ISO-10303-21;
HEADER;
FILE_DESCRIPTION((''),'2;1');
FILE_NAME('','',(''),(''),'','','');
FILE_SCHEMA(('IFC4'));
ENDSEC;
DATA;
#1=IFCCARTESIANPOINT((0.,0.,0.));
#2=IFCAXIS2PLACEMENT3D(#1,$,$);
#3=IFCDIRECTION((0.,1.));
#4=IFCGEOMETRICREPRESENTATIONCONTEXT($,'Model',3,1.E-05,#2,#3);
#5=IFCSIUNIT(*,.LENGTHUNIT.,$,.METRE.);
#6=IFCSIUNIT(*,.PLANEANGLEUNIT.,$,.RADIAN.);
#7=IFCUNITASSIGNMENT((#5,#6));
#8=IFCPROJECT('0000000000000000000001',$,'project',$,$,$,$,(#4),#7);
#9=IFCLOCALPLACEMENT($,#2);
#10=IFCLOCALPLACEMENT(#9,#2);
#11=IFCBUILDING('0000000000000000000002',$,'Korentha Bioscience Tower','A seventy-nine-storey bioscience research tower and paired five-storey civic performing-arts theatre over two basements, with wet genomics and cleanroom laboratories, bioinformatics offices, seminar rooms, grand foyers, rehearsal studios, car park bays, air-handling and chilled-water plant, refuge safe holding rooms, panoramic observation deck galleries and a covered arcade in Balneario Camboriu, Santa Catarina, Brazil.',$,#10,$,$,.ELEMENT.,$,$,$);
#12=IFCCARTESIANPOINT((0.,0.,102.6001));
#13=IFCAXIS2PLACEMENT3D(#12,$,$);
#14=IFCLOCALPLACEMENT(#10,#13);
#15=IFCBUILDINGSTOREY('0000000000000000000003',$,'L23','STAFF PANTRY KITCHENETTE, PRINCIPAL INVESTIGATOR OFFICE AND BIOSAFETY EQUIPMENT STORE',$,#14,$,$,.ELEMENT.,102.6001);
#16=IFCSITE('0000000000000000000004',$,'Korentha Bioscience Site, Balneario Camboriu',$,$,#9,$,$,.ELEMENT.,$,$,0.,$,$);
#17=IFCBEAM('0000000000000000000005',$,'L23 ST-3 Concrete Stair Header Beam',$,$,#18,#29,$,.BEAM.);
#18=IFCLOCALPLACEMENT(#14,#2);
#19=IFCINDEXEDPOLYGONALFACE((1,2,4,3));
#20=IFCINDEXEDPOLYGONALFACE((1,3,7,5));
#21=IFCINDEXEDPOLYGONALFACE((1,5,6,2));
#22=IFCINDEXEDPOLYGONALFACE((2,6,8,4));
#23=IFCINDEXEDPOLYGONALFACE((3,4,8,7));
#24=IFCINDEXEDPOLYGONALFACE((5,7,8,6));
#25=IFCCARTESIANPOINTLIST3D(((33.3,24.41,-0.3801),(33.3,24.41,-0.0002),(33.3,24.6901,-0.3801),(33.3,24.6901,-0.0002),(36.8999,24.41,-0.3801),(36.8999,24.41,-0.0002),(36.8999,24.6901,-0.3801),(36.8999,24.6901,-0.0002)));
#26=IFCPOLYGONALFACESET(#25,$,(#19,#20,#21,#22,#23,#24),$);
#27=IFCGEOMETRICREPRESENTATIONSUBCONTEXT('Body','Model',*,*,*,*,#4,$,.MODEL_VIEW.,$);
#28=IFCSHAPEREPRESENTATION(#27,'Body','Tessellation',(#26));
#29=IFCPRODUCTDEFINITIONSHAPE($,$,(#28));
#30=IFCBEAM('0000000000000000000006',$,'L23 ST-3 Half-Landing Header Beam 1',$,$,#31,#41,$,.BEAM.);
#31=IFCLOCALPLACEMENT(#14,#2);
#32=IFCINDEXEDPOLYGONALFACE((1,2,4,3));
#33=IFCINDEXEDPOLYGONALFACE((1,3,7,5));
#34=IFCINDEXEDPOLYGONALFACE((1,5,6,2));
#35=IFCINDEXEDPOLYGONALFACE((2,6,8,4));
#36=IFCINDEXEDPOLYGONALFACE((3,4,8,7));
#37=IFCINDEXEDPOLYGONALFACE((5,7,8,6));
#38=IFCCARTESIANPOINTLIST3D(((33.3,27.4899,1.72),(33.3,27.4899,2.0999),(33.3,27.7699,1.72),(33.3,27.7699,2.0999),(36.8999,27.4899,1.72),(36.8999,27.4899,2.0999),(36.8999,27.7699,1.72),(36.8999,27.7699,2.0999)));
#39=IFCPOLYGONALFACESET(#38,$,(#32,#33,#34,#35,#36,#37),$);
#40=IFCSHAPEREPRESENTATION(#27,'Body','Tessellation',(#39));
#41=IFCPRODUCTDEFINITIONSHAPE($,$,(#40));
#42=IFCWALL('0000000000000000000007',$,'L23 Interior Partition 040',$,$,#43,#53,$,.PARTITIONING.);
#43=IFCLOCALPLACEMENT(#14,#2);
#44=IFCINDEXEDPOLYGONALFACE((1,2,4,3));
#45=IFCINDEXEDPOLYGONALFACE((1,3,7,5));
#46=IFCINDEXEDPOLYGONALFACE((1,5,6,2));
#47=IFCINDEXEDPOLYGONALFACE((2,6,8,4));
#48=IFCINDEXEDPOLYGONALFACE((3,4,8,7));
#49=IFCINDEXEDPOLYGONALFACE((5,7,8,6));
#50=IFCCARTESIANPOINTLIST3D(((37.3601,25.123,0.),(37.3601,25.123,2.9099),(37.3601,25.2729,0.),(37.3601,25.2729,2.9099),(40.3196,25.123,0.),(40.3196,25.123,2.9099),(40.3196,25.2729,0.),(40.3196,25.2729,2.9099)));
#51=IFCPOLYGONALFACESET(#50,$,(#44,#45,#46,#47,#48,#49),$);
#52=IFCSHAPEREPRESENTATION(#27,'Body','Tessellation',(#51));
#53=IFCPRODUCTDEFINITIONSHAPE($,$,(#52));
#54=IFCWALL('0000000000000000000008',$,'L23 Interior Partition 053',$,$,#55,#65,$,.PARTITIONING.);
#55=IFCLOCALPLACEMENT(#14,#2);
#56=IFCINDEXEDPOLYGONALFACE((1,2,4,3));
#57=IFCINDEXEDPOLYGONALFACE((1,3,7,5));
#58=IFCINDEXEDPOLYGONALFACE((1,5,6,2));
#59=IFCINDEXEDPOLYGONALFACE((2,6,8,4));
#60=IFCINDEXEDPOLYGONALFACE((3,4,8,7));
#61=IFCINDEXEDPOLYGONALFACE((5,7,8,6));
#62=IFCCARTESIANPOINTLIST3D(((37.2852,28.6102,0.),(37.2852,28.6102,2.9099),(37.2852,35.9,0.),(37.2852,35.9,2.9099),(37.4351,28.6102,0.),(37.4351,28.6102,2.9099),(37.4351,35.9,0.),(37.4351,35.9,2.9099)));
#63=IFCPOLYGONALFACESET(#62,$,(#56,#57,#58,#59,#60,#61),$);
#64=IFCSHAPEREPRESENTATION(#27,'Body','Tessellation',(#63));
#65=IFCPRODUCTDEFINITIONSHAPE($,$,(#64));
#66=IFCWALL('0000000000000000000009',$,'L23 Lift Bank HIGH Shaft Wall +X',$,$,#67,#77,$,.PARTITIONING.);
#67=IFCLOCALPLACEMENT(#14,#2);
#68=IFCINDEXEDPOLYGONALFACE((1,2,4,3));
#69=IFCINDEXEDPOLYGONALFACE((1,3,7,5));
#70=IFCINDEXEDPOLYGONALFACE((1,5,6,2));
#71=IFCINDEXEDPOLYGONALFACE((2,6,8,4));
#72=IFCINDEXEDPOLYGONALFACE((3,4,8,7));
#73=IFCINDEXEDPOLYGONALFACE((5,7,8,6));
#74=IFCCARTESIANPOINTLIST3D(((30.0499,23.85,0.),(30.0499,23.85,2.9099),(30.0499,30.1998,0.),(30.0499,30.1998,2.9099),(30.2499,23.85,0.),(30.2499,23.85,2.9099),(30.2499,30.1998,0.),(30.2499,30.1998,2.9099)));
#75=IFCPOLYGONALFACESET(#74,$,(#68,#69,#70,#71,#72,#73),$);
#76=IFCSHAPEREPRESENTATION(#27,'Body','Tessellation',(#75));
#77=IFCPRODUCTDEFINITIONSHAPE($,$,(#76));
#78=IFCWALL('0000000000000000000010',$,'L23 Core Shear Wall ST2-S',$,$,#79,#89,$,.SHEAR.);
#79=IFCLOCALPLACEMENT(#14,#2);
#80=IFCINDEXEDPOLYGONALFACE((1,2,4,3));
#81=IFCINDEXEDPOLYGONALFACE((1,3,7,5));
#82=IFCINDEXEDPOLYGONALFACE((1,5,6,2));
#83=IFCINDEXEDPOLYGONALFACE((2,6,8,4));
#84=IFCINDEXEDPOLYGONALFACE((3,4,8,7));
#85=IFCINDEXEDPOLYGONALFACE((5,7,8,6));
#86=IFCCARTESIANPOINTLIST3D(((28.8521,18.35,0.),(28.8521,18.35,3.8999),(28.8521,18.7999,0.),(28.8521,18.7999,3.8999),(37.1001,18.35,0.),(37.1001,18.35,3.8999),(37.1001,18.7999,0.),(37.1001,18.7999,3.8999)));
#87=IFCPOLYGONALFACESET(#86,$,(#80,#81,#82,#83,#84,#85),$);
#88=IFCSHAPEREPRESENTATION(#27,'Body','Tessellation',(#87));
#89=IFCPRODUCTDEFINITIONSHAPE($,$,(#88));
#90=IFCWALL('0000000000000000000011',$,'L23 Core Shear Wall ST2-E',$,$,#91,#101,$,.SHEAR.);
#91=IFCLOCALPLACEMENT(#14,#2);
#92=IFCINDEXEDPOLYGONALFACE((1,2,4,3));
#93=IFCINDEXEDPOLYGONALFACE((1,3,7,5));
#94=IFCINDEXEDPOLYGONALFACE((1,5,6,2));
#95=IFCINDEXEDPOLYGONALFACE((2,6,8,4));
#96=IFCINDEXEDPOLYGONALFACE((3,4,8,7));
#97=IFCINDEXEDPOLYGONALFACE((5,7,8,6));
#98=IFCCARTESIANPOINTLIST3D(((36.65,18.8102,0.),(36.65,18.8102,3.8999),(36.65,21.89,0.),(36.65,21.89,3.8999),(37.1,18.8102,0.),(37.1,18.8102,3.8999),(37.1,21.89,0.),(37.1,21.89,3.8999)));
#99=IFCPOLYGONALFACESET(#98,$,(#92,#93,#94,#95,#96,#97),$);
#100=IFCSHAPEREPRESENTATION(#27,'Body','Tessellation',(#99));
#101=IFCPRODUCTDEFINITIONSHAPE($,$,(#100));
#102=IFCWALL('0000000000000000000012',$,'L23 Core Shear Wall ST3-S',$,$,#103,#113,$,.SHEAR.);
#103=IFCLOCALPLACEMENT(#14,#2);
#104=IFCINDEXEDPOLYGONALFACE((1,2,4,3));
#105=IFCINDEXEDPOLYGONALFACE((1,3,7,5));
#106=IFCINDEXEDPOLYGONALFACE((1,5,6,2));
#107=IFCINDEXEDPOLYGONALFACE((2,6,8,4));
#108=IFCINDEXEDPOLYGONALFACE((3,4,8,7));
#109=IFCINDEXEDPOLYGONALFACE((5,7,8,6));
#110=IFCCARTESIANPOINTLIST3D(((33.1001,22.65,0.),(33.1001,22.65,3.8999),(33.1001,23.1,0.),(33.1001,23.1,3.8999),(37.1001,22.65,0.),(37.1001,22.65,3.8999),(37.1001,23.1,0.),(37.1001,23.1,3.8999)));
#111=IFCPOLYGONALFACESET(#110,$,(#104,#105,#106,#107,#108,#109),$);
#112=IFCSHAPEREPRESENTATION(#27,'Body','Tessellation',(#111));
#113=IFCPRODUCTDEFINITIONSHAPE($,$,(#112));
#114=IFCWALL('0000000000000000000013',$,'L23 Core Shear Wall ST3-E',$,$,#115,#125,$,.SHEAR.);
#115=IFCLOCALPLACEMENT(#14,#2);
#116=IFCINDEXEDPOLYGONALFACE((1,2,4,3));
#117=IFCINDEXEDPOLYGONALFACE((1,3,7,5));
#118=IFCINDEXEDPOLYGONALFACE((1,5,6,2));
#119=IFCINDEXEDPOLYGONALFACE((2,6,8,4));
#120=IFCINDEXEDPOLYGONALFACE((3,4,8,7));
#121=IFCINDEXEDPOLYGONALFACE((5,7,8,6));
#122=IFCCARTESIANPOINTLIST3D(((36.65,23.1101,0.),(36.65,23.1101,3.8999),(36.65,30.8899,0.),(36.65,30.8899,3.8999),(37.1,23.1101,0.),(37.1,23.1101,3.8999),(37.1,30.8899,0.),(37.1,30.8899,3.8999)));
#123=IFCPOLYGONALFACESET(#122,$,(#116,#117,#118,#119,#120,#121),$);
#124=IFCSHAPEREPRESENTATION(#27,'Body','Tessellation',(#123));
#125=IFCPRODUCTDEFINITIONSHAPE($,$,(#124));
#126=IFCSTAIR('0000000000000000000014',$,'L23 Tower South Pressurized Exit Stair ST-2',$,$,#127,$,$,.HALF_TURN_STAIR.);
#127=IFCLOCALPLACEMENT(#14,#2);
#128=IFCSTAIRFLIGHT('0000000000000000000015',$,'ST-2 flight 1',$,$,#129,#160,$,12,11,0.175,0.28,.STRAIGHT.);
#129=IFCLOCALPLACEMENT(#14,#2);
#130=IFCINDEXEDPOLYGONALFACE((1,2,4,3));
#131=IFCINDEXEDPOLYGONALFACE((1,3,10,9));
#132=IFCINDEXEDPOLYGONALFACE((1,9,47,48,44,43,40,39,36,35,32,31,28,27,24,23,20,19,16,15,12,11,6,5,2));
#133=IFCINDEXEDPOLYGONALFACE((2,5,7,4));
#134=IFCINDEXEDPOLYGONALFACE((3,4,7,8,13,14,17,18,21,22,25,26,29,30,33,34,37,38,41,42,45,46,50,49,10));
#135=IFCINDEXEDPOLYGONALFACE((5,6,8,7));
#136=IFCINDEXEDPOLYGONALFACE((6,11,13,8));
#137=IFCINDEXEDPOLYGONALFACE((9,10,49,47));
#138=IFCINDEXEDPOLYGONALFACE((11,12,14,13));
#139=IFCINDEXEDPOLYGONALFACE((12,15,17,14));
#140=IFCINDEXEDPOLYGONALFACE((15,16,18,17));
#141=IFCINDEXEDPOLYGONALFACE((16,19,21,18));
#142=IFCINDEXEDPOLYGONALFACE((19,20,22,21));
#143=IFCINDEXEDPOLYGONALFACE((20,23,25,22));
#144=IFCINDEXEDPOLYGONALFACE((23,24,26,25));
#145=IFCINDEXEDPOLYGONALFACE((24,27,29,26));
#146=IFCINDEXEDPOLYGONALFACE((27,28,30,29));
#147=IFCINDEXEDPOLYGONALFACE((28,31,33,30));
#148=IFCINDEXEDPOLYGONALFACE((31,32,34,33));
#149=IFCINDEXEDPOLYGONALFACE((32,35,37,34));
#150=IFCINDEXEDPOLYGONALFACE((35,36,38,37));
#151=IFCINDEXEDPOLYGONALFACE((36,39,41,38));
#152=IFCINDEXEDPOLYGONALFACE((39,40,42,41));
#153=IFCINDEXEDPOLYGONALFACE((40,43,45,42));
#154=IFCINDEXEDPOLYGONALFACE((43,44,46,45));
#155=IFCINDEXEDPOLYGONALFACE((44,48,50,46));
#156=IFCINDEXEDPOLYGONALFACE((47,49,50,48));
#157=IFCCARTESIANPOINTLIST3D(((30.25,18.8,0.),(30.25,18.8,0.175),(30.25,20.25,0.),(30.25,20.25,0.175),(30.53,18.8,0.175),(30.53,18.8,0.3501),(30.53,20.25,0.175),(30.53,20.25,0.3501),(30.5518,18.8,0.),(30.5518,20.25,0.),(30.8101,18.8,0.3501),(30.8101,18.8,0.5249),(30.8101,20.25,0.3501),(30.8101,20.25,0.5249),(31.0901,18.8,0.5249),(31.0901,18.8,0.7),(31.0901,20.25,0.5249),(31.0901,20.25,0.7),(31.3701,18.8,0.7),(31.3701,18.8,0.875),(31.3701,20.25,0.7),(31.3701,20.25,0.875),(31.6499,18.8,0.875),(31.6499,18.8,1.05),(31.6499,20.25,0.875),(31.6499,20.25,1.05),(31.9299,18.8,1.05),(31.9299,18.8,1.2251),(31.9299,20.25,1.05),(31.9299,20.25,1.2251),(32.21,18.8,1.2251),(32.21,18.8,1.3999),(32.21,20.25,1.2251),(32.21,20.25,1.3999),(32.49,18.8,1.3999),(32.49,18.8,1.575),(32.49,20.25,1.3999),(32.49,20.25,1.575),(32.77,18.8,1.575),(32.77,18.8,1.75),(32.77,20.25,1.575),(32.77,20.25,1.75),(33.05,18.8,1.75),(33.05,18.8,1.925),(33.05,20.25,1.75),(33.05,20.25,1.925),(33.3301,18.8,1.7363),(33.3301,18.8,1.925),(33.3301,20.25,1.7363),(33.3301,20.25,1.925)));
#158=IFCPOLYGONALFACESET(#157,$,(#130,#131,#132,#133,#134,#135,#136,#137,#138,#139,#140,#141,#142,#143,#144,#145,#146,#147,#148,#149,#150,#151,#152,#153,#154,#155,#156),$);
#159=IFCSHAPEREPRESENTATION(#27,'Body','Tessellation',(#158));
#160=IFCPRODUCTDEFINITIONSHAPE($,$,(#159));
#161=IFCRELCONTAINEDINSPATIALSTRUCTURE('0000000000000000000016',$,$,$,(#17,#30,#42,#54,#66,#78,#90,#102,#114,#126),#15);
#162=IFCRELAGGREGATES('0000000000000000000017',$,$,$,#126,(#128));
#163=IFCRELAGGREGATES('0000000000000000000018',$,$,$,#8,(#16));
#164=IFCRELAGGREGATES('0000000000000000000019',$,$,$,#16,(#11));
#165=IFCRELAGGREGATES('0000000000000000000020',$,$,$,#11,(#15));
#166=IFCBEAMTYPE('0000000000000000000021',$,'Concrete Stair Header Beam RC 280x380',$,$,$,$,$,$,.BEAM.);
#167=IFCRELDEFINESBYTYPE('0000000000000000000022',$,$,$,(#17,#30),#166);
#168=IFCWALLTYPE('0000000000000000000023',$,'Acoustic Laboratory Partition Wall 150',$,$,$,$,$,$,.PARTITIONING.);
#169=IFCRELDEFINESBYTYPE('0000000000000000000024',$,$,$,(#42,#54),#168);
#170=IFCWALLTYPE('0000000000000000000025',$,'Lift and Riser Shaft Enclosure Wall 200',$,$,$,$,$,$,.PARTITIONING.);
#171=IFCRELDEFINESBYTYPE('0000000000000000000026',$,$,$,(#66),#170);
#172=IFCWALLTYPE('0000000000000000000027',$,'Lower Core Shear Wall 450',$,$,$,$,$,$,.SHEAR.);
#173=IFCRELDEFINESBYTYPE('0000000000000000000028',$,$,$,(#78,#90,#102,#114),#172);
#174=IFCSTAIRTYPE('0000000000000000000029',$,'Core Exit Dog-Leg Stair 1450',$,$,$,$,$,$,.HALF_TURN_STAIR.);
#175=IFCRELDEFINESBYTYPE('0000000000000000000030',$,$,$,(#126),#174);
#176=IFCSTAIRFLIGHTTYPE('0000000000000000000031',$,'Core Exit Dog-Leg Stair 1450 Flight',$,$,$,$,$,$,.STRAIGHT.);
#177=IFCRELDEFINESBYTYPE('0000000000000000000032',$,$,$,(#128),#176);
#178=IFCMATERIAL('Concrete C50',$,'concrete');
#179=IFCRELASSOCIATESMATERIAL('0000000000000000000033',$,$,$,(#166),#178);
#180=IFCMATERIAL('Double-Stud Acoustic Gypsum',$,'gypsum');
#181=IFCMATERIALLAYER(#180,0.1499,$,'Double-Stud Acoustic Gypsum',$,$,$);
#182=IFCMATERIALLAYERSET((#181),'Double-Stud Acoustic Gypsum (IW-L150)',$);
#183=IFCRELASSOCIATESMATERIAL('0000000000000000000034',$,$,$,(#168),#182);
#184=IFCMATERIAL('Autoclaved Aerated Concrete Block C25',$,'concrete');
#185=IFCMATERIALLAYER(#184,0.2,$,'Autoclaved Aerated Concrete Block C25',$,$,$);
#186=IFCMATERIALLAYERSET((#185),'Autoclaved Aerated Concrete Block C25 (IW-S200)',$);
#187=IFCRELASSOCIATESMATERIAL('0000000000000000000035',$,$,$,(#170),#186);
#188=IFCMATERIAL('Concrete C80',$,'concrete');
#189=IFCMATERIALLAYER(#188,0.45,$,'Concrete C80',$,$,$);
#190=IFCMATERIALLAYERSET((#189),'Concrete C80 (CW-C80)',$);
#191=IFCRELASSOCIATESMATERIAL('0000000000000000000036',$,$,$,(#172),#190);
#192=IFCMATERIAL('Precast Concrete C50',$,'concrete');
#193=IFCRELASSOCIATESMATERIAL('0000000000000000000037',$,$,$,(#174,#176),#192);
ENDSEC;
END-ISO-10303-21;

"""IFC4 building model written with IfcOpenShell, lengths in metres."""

from ifc_helpers import new_model, si_unit, direction, frame, frame_2d, origin, origin_2d, place, context, subcontext, project, spatial, polyline, rectangle, outline, extrude, material, layer, layer_set, material_profile, profile_set, type_object, element, aggregate, save


model = new_model("IFC4")

# Units and contexts
model_context = context("Model", 3, precision=1e-05, world=origin(), true_north=direction((0.0, 1.0)))
body_context = subcontext(model_context, "Body", "Model", "MODEL_VIEW")
ifc_project = project(units=[si_unit("LENGTHUNIT", "METRE"), si_unit("PLANEANGLEUNIT", "RADIAN")], contexts=[model_context])

# Site, building, storey
site_placement = place(None, origin())
site = spatial("IfcSite", under=ifc_project, at=site_placement, Name="Korentha Bioscience Site, Balneario Camboriu", CompositionType="ELEMENT", RefElevation=0.0)
building_placement = place(site_placement, origin())
building = spatial("IfcBuilding", under=site, at=building_placement, Name="Korentha Bioscience Tower", Description="A seventy-nine-storey bioscience research tower and paired five-storey civic performing-arts theatre over two basements, with wet genomics and cleanroom laboratories, bioinformatics offices, seminar rooms, grand foyers, rehearsal studios, car park bays, air-handling and chilled-water plant, refuge safe holding rooms, panoramic observation deck galleries and a covered arcade in Balneario Camboriu, Santa Catarina, Brazil.", CompositionType="ELEMENT")
storey_placement = place(building_placement, frame((0.0, 0.0, 102.6001)))
storey = spatial("IfcBuildingStorey", under=building, at=storey_placement, Name="L23", Description="STAFF PANTRY KITCHENETTE, PRINCIPAL INVESTIGATOR OFFICE AND BIOSAFETY EQUIPMENT STORE", CompositionType="ELEMENT", Elevation=102.6001)

# Beams
ifc_material_1 = material(Name="Concrete C50", Category="concrete")
ifc_material_profile = material_profile(ifc_material_1, rectangle(XDim=0.28, YDim=0.3799, at=origin_2d()), Name="Concrete C50")
ifc_profile_set = profile_set([ifc_material_profile], Name="Concrete C50 (ST-HB380)")
beam_type = type_object("IfcBeamType", Name="Concrete Stair Header Beam RC 280x380", PredefinedType="BEAM", material=ifc_profile_set)
for number, where, z_axis, x_axis, name in (
    (1, (36.8999, 24.55, -0.1902), (-1.0, 0.0, 0.0), (0.0, -1.0, 0.0), "L23 ST-3 Concrete Stair Header Beam"),
    (2, (36.8999, 27.6299, 1.9099), (-1.0, 0.0, 0.0), (0.0, -1.0, 0.0), "L23 ST-3 Half-Landing Header Beam 1"),
):
    element("IfcBeam", number, at=place(storey_placement, frame(where, z_axis=z_axis, x_axis=x_axis)), inside=storey, type_object=beam_type, Name=name, PredefinedType="BEAM", context=body_context, shape_type="SweptSolid", body=[
        extrude(rectangle(XDim=0.28, YDim=0.3799, at=origin_2d()), origin(), (0.0, 0.0, 1.0), 3.5999),
    ])

# Walls
ifc_material_2 = material(Name="Double-Stud Acoustic Gypsum", Category="gypsum")
ifc_layer_1 = layer(ifc_material_2, 0.1499, Name="Double-Stud Acoustic Gypsum")
ifc_layer_set_1 = layer_set([ifc_layer_1], Name="Double-Stud Acoustic Gypsum (IW-L150)")
wall_type_1 = type_object("IfcWallType", Name="Acoustic Laboratory Partition Wall 150", PredefinedType="PARTITIONING", material=ifc_layer_set_1)
wall_1_placement = place(storey_placement, frame((37.3601, 25.198, 0.0), z_axis=(0.0, 0.0, 1.0), x_axis=(1.0, 0.0, 0.0)))
element("IfcWall", 3, at=wall_1_placement, inside=storey, type_object=wall_type_1, Name="L23 Interior Partition 040", PredefinedType="PARTITIONING", context=body_context, shape_type="SweptSolid", body=[
    extrude(rectangle(XDim=2.9595, YDim=0.1499, at=frame_2d((1.4797, 0.0))), origin(), (0.0, 0.0, 1.0), 2.9099),
])
wall_2_placement = place(storey_placement, frame((37.3601, 28.6101, 0.0), z_axis=(0.0, 0.0, 1.0), x_axis=(0.0, 1.0, 0.0)))
element("IfcWall", 4, at=wall_2_placement, inside=storey, type_object=wall_type_1, Name="L23 Interior Partition 053", PredefinedType="PARTITIONING", context=body_context, shape_type="SweptSolid", body=[
    extrude(rectangle(XDim=7.2898, YDim=0.1499, at=frame_2d((3.645, 0.0))), origin(), (0.0, 0.0, 1.0), 2.9099),
])
ifc_material_3 = material(Name="Autoclaved Aerated Concrete Block C25", Category="concrete")
ifc_layer_2 = layer(ifc_material_3, 0.2, Name="Autoclaved Aerated Concrete Block C25")
ifc_layer_set_2 = layer_set([ifc_layer_2], Name="Autoclaved Aerated Concrete Block C25 (IW-S200)")
wall_type_2 = type_object("IfcWallType", Name="Lift and Riser Shaft Enclosure Wall 200", PredefinedType="PARTITIONING", material=ifc_layer_set_2)
wall_3_placement = place(storey_placement, frame((30.1499, 23.8501, 0.0), z_axis=(0.0, 0.0, 1.0), x_axis=(0.0, 1.0, 0.0)))
element("IfcWall", 5, at=wall_3_placement, inside=storey, type_object=wall_type_2, Name="L23 Lift Bank HIGH Shaft Wall +X", PredefinedType="PARTITIONING", context=body_context, shape_type="SweptSolid", body=[
    extrude(rectangle(XDim=6.3499, YDim=0.2, at=frame_2d((3.1748, 0.0))), origin(), (0.0, 0.0, 1.0), 2.9099),
])
ifc_material_4 = material(Name="Concrete C80", Category="concrete")
ifc_layer_3 = layer(ifc_material_4, 0.45, Name="Concrete C80")
ifc_layer_set_3 = layer_set([ifc_layer_3], Name="Concrete C80 (CW-C80)")
wall_type_3 = type_object("IfcWallType", Name="Lower Core Shear Wall 450", PredefinedType="SHEAR", material=ifc_layer_set_3)
wall_4_placement = place(storey_placement, frame((28.8521, 18.575, 0.0), z_axis=(0.0, 0.0, 1.0), x_axis=(1.0, 0.0, 0.0)))
element("IfcWall", 6, at=wall_4_placement, inside=storey, type_object=wall_type_3, Name="L23 Core Shear Wall ST2-S", PredefinedType="SHEAR", context=body_context, shape_type="SweptSolid", body=[
    extrude(rectangle(XDim=8.248, YDim=0.45, at=frame_2d((4.124, 0.0))), origin(), (0.0, 0.0, 1.0), 3.8999),
])
wall_5_placement = place(storey_placement, frame((36.875, 18.8101, 0.0), z_axis=(0.0, 0.0, 1.0), x_axis=(0.0, 1.0, 0.0)))
element("IfcWall", 7, at=wall_5_placement, inside=storey, type_object=wall_type_3, Name="L23 Core Shear Wall ST2-E", PredefinedType="SHEAR", context=body_context, shape_type="SweptSolid", body=[
    extrude(rectangle(XDim=3.0798, YDim=0.45, at=frame_2d((1.54, 0.0))), origin(), (0.0, 0.0, 1.0), 3.8999),
])
wall_6_placement = place(storey_placement, frame((33.1001, 22.875, 0.0), z_axis=(0.0, 0.0, 1.0), x_axis=(1.0, 0.0, 0.0)))
element("IfcWall", 8, at=wall_6_placement, inside=storey, type_object=wall_type_3, Name="L23 Core Shear Wall ST3-S", PredefinedType="SHEAR", context=body_context, shape_type="SweptSolid", body=[
    extrude(rectangle(XDim=4.0, YDim=0.45, at=frame_2d((2.0, 0.0))), origin(), (0.0, 0.0, 1.0), 3.8999),
])
wall_7_placement = place(storey_placement, frame((36.875, 23.1101, 0.0), z_axis=(0.0, 0.0, 1.0), x_axis=(0.0, 1.0, 0.0)))
element("IfcWall", 9, at=wall_7_placement, inside=storey, type_object=wall_type_3, Name="L23 Core Shear Wall ST3-E", PredefinedType="SHEAR", context=body_context, shape_type="SweptSolid", body=[
    extrude(rectangle(XDim=7.7798, YDim=0.45, at=frame_2d((3.8899, 0.0))), origin(), (0.0, 0.0, 1.0), 3.8999),
])

# Stair, stair flight
ifc_material_5 = material(Name="Precast Concrete C50", Category="concrete")
stair_type = type_object("IfcStairType", Name="Core Exit Dog-Leg Stair 1450", PredefinedType="HALF_TURN_STAIR", material=ifc_material_5)
stair_1_placement = place(storey_placement, origin())
stair_1 = element("IfcStair", 10, at=stair_1_placement, inside=storey, type_object=stair_type, Name="L23 Tower South Pressurized Exit Stair ST-2", PredefinedType="HALF_TURN_STAIR")
stair_flight_type = type_object("IfcStairFlightType", Name="Core Exit Dog-Leg Stair 1450 Flight", PredefinedType="STRAIGHT", material=ifc_material_5)
stair_flight_1_placement = place(storey_placement, frame((30.25, 19.5249, 0.0), z_axis=(0.0, 0.0, 1.0), x_axis=(1.0, 0.0, 0.0)))
stair_flight_1 = element("IfcStairFlight", 11, at=stair_flight_1_placement, type_object=stair_flight_type, Name="ST-2 flight 1", NumberOfRisers=12, NumberOfTreads=11, PredefinedType="STRAIGHT", RiserHeight=0.175, TreadLength=0.28, context=body_context, shape_type="SweptSolid", body=[
    extrude(outline(polyline([(0.0, 0.0), (0.0, 0.175), (0.28, 0.175), (0.28, 0.3501), (0.5601, 0.3501), (0.5601, 0.5249), (0.8401, 0.5249), (0.8401, 0.7), (1.1201, 0.7), (1.1201, 0.875), (1.3999, 0.875), (1.3999, 1.05), (1.6799, 1.05), (1.6799, 1.2251), (1.96, 1.2251), (1.96, 1.3999), (2.24, 1.3999), (2.24, 1.575), (2.52, 1.575), (2.52, 1.75), (2.8, 1.75), (2.8, 1.925), (3.0801, 1.925), (3.0801, 2.1001), (3.0801, 1.7363), (0.3018, 0.0), (0.0, 0.0)])), frame((0.0, 0.7251, 0.0), z_axis=(0.0, -1.0, 0.0), x_axis=(1.0, 0.0, 0.0)), (0.0, 0.0, 1.0), 1.45),
])
aggregate(stair_1, [stair_flight_1])

save(model, "model.ifc")
